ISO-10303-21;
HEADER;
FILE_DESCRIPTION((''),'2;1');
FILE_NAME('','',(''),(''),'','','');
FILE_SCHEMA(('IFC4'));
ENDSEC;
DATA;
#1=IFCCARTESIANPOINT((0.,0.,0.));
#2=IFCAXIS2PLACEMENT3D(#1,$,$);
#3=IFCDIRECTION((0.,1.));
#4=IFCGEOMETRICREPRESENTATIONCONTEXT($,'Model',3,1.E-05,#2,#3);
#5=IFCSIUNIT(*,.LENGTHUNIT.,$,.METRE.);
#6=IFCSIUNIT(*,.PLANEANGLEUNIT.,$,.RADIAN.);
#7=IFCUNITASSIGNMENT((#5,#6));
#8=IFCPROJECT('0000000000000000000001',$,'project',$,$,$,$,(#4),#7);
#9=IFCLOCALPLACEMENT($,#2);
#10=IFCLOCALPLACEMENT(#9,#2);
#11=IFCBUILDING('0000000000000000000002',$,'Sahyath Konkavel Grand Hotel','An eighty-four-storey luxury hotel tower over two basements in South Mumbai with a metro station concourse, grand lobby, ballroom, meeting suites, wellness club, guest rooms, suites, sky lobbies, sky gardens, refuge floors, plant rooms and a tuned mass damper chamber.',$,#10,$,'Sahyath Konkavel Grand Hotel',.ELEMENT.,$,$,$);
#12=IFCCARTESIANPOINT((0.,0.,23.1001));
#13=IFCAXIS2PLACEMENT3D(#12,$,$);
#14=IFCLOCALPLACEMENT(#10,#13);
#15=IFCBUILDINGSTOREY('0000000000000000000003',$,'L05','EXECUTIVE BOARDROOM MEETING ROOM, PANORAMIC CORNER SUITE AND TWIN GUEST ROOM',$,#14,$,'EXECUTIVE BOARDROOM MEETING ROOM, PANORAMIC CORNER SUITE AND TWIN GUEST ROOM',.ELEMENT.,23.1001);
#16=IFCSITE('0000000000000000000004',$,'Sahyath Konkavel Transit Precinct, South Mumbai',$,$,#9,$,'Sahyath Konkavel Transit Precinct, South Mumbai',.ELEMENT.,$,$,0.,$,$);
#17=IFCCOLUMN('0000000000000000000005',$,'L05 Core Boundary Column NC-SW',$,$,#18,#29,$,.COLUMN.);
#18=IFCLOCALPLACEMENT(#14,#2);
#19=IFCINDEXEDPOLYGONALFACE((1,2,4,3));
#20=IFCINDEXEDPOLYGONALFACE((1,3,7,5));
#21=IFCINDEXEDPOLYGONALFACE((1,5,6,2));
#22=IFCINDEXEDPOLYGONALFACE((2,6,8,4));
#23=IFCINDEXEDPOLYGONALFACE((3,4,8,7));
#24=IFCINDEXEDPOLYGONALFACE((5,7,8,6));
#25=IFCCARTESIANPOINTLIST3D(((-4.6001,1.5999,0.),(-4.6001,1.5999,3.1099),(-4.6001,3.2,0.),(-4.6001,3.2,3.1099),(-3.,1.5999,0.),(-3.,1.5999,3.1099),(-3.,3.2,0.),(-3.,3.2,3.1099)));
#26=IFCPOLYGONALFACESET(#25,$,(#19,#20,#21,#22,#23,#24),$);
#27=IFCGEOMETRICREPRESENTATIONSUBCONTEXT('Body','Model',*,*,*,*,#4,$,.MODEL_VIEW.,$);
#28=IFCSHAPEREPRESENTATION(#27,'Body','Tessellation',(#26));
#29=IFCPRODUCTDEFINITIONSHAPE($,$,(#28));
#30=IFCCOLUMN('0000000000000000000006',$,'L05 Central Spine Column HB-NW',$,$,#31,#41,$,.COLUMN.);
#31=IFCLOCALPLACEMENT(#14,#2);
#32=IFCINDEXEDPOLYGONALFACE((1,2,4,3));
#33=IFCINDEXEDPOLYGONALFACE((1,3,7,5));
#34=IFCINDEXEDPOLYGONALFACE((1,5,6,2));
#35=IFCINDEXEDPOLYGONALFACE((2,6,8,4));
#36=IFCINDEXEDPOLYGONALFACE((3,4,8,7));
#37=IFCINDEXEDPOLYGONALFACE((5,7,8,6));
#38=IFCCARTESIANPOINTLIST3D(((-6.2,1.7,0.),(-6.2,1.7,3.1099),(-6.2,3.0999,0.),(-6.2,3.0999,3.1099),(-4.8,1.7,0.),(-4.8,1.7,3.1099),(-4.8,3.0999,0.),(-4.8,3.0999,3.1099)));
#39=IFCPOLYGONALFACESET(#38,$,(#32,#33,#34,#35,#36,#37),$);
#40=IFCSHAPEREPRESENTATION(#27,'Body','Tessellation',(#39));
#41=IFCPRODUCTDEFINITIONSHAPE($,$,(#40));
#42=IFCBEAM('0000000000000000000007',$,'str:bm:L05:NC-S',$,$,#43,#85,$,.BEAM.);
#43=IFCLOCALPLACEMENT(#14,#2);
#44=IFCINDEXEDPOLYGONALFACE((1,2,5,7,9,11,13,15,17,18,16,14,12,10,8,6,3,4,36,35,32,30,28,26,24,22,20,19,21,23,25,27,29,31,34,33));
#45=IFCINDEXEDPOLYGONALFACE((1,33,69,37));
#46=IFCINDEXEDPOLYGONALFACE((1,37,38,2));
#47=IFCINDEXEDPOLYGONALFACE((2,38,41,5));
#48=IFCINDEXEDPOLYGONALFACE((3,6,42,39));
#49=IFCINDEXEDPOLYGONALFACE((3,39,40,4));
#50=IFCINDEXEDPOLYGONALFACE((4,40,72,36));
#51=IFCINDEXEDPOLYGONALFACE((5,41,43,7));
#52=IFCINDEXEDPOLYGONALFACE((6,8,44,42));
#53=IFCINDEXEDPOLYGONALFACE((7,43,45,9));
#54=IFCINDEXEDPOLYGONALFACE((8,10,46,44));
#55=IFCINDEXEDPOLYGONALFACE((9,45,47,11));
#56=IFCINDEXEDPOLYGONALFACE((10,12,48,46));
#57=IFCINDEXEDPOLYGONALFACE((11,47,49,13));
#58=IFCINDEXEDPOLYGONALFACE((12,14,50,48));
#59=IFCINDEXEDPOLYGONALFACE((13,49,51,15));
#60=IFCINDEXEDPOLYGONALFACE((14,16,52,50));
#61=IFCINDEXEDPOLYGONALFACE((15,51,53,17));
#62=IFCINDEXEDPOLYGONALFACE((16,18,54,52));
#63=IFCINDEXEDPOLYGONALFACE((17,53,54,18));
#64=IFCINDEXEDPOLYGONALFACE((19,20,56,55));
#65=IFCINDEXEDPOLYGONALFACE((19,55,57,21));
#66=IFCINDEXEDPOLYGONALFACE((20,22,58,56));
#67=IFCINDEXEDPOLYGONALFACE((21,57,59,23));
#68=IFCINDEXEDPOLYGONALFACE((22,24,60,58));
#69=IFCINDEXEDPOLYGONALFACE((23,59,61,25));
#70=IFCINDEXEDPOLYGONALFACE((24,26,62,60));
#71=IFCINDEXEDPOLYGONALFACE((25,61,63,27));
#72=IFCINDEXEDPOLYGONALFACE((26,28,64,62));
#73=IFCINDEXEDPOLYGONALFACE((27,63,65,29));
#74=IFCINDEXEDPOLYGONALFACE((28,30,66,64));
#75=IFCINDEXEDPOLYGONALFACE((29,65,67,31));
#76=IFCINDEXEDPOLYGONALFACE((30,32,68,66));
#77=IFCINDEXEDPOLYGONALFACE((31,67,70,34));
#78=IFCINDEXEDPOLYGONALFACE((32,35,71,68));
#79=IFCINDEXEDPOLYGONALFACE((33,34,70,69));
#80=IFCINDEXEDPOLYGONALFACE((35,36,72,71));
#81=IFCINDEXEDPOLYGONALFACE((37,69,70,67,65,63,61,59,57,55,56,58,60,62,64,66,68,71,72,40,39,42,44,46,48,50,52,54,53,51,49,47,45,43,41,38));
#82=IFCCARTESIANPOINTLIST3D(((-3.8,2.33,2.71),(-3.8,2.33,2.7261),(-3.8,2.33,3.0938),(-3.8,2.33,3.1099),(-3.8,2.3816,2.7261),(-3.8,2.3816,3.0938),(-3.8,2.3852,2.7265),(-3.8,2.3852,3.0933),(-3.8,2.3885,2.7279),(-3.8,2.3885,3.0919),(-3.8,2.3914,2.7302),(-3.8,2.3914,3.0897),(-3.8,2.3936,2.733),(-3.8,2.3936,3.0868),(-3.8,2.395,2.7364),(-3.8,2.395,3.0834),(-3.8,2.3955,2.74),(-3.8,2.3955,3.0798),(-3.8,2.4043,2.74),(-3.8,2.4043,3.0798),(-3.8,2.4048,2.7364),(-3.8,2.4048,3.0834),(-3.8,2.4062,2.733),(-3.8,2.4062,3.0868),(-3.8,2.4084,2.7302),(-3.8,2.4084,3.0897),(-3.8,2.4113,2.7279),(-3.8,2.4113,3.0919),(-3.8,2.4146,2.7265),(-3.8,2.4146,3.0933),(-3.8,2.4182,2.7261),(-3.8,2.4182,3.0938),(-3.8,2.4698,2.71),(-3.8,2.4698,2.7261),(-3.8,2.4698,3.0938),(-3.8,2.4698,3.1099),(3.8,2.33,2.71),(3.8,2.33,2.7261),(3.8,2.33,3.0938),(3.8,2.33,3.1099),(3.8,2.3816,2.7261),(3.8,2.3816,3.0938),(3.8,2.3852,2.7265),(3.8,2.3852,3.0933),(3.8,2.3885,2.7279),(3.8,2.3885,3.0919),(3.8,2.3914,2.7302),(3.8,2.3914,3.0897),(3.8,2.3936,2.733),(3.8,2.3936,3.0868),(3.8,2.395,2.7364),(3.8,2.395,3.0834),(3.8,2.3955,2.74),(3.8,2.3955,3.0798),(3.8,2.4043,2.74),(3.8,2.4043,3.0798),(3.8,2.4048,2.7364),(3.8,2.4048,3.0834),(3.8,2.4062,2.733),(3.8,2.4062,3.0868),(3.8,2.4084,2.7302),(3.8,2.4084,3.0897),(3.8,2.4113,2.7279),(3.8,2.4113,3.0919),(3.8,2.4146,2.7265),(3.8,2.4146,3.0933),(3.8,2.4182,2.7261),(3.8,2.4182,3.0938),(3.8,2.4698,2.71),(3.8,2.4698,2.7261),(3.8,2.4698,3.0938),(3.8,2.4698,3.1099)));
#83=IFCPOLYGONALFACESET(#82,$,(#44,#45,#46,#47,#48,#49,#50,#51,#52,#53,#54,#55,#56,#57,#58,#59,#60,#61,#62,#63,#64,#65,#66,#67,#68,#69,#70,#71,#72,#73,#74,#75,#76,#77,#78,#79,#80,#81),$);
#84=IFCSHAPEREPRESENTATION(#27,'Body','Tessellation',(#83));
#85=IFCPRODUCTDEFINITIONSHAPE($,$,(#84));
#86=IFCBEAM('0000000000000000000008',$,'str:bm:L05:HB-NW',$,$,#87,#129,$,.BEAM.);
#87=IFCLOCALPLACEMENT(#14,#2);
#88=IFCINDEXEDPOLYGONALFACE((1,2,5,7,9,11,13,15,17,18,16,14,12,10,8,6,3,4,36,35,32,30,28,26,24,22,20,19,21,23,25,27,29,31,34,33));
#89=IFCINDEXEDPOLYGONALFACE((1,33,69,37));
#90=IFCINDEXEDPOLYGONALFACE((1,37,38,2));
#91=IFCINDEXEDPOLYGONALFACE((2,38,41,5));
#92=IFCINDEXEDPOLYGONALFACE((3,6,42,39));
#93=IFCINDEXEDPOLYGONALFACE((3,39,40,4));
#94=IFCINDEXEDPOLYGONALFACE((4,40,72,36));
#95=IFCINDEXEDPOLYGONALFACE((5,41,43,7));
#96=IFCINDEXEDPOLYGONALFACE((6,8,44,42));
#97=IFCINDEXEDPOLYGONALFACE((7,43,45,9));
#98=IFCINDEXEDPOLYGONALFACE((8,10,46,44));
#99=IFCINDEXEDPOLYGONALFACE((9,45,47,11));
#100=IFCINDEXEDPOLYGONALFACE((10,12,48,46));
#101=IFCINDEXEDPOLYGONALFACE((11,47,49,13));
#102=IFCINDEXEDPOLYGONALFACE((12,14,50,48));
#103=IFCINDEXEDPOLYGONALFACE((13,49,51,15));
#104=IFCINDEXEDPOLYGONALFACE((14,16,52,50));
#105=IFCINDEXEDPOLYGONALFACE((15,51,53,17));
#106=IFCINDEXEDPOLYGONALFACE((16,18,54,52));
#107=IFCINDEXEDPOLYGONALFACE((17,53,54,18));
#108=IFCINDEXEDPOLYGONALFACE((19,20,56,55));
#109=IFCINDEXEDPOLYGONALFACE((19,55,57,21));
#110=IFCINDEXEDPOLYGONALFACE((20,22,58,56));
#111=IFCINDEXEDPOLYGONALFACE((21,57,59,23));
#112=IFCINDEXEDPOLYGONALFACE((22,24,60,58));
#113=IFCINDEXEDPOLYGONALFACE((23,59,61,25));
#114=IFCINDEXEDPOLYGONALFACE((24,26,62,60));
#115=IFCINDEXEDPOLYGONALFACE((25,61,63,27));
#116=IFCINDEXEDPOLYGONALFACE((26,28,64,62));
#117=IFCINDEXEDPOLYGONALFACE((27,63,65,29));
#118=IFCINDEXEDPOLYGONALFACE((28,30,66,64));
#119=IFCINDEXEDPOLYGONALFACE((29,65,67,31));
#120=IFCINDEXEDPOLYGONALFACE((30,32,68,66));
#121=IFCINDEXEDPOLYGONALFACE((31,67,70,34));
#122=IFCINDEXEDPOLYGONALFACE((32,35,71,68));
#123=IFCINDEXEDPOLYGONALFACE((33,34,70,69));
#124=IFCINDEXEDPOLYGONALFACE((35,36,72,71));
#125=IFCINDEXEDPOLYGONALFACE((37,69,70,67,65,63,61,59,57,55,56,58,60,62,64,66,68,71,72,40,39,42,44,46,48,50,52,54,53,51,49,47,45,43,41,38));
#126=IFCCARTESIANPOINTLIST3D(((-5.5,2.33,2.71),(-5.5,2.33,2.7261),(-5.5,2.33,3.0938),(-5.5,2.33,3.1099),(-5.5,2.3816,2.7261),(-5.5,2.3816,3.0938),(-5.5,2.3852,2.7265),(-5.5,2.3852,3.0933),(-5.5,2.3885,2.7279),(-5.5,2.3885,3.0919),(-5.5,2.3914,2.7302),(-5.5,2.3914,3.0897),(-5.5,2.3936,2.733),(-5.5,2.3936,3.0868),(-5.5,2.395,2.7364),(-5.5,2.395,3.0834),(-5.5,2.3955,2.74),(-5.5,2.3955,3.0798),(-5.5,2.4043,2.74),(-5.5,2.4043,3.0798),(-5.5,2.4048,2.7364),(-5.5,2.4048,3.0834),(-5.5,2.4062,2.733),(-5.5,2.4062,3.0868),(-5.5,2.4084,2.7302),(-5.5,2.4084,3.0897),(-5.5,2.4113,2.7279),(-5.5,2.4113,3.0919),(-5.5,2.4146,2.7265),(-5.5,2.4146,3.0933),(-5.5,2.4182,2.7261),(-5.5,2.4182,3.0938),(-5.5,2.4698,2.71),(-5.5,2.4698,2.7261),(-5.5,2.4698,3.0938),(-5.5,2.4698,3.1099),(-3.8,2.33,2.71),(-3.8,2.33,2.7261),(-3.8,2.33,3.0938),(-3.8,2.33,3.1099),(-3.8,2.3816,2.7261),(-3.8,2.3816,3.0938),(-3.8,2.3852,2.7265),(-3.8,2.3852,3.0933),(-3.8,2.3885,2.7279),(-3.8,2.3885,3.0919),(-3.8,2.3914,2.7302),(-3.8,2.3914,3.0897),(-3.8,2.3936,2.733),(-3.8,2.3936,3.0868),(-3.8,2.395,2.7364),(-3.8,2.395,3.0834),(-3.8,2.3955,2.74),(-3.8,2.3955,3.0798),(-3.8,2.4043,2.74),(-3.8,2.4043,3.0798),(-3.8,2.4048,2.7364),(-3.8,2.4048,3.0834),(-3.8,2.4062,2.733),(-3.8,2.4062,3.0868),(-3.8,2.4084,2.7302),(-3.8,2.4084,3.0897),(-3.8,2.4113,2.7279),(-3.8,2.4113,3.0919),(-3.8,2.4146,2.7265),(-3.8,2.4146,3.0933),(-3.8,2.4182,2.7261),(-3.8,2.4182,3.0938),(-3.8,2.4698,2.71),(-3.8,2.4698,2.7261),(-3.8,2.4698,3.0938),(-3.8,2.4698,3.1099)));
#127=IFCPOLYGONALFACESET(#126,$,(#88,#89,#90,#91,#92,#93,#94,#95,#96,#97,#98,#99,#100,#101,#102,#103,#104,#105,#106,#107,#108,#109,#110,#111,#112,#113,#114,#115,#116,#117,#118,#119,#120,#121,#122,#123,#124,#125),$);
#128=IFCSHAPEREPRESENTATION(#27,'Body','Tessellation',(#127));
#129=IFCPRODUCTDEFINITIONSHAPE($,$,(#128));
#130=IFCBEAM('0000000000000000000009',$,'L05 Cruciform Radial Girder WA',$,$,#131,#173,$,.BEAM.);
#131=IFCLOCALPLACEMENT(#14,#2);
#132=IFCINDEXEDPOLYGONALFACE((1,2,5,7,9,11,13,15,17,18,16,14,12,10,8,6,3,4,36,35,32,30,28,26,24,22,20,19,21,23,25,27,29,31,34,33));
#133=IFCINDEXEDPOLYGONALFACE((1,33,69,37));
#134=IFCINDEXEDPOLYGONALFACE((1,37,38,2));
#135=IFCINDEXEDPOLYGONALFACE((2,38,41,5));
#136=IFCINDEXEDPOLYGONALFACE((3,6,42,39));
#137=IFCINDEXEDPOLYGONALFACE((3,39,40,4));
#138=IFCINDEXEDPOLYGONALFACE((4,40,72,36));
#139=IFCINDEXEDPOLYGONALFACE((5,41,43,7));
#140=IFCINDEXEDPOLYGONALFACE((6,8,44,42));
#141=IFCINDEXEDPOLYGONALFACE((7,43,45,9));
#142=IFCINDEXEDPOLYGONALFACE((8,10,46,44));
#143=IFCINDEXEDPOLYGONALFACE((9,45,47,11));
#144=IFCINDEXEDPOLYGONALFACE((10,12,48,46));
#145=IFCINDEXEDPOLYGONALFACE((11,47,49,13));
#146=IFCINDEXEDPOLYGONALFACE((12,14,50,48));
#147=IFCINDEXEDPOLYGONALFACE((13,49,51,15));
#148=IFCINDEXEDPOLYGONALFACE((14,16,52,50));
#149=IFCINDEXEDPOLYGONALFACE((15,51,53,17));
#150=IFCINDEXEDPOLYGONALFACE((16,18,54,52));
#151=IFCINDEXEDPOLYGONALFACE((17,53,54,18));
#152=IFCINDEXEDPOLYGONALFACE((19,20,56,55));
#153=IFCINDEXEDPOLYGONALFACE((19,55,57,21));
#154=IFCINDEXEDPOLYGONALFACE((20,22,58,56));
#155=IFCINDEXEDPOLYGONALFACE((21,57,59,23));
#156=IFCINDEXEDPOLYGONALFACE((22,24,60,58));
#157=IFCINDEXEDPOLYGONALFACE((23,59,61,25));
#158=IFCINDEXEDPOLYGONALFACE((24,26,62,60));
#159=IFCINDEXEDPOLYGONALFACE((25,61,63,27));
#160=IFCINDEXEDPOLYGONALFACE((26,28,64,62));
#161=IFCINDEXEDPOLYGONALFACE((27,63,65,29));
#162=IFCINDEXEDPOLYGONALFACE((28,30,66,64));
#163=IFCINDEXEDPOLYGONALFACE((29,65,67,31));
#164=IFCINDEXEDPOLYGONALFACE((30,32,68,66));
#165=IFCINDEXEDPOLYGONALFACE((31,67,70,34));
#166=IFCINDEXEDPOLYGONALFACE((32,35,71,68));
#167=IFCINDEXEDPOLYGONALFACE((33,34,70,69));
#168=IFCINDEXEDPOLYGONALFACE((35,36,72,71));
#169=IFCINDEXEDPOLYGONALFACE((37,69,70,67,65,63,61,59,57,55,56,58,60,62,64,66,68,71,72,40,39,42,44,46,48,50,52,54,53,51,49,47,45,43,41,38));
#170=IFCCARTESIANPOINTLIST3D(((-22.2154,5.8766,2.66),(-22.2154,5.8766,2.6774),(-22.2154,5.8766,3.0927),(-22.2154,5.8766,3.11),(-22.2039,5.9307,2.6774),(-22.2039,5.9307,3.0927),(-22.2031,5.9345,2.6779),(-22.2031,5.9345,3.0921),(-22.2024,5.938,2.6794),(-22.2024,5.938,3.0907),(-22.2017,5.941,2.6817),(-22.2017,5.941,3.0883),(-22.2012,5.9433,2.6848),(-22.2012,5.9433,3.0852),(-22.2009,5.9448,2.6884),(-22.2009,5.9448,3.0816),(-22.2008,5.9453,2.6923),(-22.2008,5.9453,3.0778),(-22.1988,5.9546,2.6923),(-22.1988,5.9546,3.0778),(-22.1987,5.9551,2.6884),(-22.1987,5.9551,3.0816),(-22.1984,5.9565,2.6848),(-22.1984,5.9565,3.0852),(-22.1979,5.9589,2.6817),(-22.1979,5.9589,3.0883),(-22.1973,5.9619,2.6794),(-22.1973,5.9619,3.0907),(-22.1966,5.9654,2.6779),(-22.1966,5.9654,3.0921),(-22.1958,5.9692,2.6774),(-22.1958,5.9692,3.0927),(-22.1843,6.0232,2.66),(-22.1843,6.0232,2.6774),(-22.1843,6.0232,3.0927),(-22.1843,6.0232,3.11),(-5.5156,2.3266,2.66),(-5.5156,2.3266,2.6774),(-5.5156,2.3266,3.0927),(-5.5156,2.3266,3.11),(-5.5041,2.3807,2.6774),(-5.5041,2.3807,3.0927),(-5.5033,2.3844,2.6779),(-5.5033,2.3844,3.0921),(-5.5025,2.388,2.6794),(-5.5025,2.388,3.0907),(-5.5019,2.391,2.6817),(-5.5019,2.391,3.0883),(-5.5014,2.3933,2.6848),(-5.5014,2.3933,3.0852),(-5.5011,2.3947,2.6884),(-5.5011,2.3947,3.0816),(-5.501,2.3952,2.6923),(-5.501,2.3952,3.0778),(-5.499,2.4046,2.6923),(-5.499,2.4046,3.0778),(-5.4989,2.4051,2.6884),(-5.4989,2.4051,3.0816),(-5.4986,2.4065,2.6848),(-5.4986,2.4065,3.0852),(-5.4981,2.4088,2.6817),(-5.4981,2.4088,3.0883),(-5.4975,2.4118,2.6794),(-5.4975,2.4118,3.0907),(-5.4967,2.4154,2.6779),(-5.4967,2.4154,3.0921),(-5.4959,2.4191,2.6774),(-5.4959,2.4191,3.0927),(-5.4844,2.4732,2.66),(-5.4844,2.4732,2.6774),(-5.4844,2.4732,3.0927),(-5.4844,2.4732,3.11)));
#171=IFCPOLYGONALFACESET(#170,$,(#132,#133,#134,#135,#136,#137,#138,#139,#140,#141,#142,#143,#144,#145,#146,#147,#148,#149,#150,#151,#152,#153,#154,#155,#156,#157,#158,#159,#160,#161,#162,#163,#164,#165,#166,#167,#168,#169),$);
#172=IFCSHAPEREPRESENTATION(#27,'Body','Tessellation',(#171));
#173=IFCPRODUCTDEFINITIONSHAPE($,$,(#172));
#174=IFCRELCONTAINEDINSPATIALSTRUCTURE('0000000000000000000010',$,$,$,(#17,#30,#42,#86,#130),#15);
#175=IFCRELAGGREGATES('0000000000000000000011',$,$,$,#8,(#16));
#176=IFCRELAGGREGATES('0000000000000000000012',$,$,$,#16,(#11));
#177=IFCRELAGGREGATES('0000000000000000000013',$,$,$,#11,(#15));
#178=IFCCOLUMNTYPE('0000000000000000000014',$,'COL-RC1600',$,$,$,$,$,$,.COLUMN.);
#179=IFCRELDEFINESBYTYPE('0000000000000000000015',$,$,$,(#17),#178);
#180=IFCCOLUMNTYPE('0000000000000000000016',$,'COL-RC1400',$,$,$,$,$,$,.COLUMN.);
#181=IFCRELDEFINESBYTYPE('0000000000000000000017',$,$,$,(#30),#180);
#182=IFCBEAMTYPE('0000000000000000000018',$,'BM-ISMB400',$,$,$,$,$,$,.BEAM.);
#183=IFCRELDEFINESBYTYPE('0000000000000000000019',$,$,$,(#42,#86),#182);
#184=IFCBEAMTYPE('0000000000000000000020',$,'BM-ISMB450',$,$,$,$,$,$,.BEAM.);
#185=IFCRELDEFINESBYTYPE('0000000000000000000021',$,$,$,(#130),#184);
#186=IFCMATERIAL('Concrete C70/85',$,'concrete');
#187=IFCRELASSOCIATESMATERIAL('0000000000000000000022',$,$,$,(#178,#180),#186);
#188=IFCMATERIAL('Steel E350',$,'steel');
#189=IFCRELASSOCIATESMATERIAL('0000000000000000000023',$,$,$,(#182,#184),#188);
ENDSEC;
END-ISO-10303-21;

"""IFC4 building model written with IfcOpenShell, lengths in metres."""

from ifc_helpers import new_model, si_unit, direction, frame, origin, origin_2d, place, context, subcontext, project, spatial, rectangle, i_section, extrude, source, transform, mapped, material, material_profile, profile_set, type_object, element, save


model = new_model("IFC4")

# Units and contexts
model_context = context("Model", 3, precision=1e-05, world=origin(), true_north=direction((0.0, 1.0)))
body_context = subcontext(model_context, "Body", "Model", "MODEL_VIEW")
ifc_project = project(units=[si_unit("LENGTHUNIT", "METRE"), si_unit("PLANEANGLEUNIT", "RADIAN")], contexts=[model_context])

# Site, building, storey
site_placement = place(None, origin())
site = spatial("IfcSite", under=ifc_project, at=site_placement, Name="Sahyath Konkavel Transit Precinct, South Mumbai", LongName="Sahyath Konkavel Transit Precinct, South Mumbai", CompositionType="ELEMENT", RefElevation=0.0)
building_placement = place(site_placement, origin())
building = spatial("IfcBuilding", under=site, at=building_placement, Name="Sahyath Konkavel Grand Hotel", Description="An eighty-four-storey luxury hotel tower over two basements in South Mumbai with a metro station concourse, grand lobby, ballroom, meeting suites, wellness club, guest rooms, suites, sky lobbies, sky gardens, refuge floors, plant rooms and a tuned mass damper chamber.", LongName="Sahyath Konkavel Grand Hotel", CompositionType="ELEMENT")
storey_placement = place(building_placement, frame((0.0, 0.0, 23.1001)))
storey = spatial("IfcBuildingStorey", under=building, at=storey_placement, Name="L05", Description="EXECUTIVE BOARDROOM MEETING ROOM, PANORAMIC CORNER SUITE AND TWIN GUEST ROOM", LongName="EXECUTIVE BOARDROOM MEETING ROOM, PANORAMIC CORNER SUITE AND TWIN GUEST ROOM", CompositionType="ELEMENT", Elevation=23.1001)

# Columns
ifc_material_1 = material(Name="Concrete C70/85", Category="concrete")
ifc_material_profile_1 = material_profile(ifc_material_1, rectangle(XDim=1.6001, YDim=1.6001, at=origin_2d()), Name="RC 1600x1600")
ifc_profile_set_1 = profile_set([ifc_material_profile_1], Name="Concrete C70/85")
column_type_1 = type_object("IfcColumnType", Name="COL-RC1600", PredefinedType="COLUMN", material=ifc_profile_set_1)
shared_shape_1 = source(origin(), body_context, "Body", "SweptSolid", [
    extrude(rectangle(XDim=1.6001, YDim=1.6001, at=origin_2d()), origin(), (0.0, 0.0, 1.0), 3.1099),
])
column_1_placement = place(storey_placement, frame((-3.8, 2.3999, 0.0), z_axis=(0.0, 0.0, 1.0), x_axis=(1.0, 0.0, 0.0)))
element("IfcColumn", 1, at=column_1_placement, inside=storey, type_object=column_type_1, Name="L05 Core Boundary Column NC-SW", PredefinedType="COLUMN", context=body_context, shape_type="MappedRepresentation", body=[
    mapped(shared_shape_1, transform((0.0, 0.0, 0.0), scale=1.0)),
])
ifc_material_profile_2 = material_profile(ifc_material_1, rectangle(XDim=1.3999, YDim=1.3999, at=origin_2d()), Name="RC 1400x1400")
ifc_profile_set_2 = profile_set([ifc_material_profile_2], Name="Concrete C70/85")
column_type_2 = type_object("IfcColumnType", Name="COL-RC1400", PredefinedType="COLUMN", material=ifc_profile_set_2)
shared_shape_2 = source(origin(), body_context, "Body", "SweptSolid", [
    extrude(rectangle(XDim=1.3999, YDim=1.3999, at=origin_2d()), origin(), (0.0, 0.0, 1.0), 3.1099),
])
column_2_placement = place(storey_placement, frame((-5.5, 2.3999, 0.0), z_axis=(0.0, 0.0, 1.0), x_axis=(1.0, 0.0, 0.0)))
element("IfcColumn", 2, at=column_2_placement, inside=storey, type_object=column_type_2, Name="L05 Central Spine Column HB-NW", PredefinedType="COLUMN", context=body_context, shape_type="MappedRepresentation", body=[
    mapped(shared_shape_2, transform((0.0, 0.0, 0.0), scale=1.0)),
])

# Beams
ifc_material_2 = material(Name="Steel E350", Category="steel")
ifc_material_profile_3 = material_profile(ifc_material_2, i_section(OverallWidth=0.1399, OverallDepth=0.3999, WebThickness=0.0088, FlangeThickness=0.0161, FilletRadius=0.0139, at=origin_2d()), Name="ISMB 400")
ifc_profile_set_3 = profile_set([ifc_material_profile_3], Name="Steel E350")
beam_type_1 = type_object("IfcBeamType", Name="BM-ISMB400", PredefinedType="BEAM", material=ifc_profile_set_3)
shared_shape_3 = source(origin(), body_context, "Body", "SweptSolid", [
    extrude(i_section(OverallWidth=0.1399, OverallDepth=0.3999, WebThickness=0.0088, FlangeThickness=0.0161, FilletRadius=0.0139, at=origin_2d()), origin(), (0.0, 0.0, 1.0), 7.6001),
])
beam_1_placement = place(storey_placement, frame((-3.8, 2.3999, 2.9099), z_axis=(1.0, 0.0, 0.0), x_axis=(0.0, 1.0, 0.0)))
element("IfcBeam", 3, at=beam_1_placement, inside=storey, type_object=beam_type_1, Name="str:bm:L05:NC-S", PredefinedType="BEAM", context=body_context, shape_type="MappedRepresentation", body=[
    mapped(shared_shape_3, transform((0.0, 0.0, 0.0), scale=1.0)),
])
shared_shape_4 = source(origin(), body_context, "Body", "SweptSolid", [
    extrude(i_section(OverallWidth=0.1399, OverallDepth=0.3999, WebThickness=0.0088, FlangeThickness=0.0161, FilletRadius=0.0139, at=origin_2d()), origin(), (0.0, 0.0, 1.0), 1.7),
])
beam_2_placement = place(storey_placement, frame((-5.5, 2.3999, 2.9099), z_axis=(1.0, 0.0, 0.0), x_axis=(0.0, 1.0, 0.0)))
element("IfcBeam", 4, at=beam_2_placement, inside=storey, type_object=beam_type_1, Name="str:bm:L05:HB-NW", PredefinedType="BEAM", context=body_context, shape_type="MappedRepresentation", body=[
    mapped(shared_shape_4, transform((0.0, 0.0, 0.0), scale=1.0)),
])
ifc_material_profile_4 = material_profile(ifc_material_2, i_section(OverallWidth=0.1499, OverallDepth=0.45, WebThickness=0.0095, FlangeThickness=0.0173, FilletRadius=0.0149, at=origin_2d()), Name="ISMB 450")
ifc_profile_set_4 = profile_set([ifc_material_profile_4], Name="Steel E350")
beam_type_2 = type_object("IfcBeamType", Name="BM-ISMB450", PredefinedType="BEAM", material=ifc_profile_set_4)
shared_shape_5 = source(origin(), body_context, "Body", "SweptSolid", [
    extrude(i_section(OverallWidth=0.1499, OverallDepth=0.45, WebThickness=0.0095, FlangeThickness=0.0173, FilletRadius=0.0149, at=origin_2d()), origin(), (0.0, 0.0, 1.0), 17.073),
])
beam_3_placement = place(storey_placement, frame((-5.5, 2.3999, 2.885), z_axis=(-0.978143, 0.207932, 0.0), x_axis=(-0.207932, -0.978143, 0.0)))
element("IfcBeam", 5, at=beam_3_placement, inside=storey, type_object=beam_type_2, Name="L05 Cruciform Radial Girder WA", PredefinedType="BEAM", context=body_context, shape_type="MappedRepresentation", body=[
    mapped(shared_shape_5, transform((0.0, 0.0, 0.0), scale=1.0)),
])

save(model, "model.ifc")
